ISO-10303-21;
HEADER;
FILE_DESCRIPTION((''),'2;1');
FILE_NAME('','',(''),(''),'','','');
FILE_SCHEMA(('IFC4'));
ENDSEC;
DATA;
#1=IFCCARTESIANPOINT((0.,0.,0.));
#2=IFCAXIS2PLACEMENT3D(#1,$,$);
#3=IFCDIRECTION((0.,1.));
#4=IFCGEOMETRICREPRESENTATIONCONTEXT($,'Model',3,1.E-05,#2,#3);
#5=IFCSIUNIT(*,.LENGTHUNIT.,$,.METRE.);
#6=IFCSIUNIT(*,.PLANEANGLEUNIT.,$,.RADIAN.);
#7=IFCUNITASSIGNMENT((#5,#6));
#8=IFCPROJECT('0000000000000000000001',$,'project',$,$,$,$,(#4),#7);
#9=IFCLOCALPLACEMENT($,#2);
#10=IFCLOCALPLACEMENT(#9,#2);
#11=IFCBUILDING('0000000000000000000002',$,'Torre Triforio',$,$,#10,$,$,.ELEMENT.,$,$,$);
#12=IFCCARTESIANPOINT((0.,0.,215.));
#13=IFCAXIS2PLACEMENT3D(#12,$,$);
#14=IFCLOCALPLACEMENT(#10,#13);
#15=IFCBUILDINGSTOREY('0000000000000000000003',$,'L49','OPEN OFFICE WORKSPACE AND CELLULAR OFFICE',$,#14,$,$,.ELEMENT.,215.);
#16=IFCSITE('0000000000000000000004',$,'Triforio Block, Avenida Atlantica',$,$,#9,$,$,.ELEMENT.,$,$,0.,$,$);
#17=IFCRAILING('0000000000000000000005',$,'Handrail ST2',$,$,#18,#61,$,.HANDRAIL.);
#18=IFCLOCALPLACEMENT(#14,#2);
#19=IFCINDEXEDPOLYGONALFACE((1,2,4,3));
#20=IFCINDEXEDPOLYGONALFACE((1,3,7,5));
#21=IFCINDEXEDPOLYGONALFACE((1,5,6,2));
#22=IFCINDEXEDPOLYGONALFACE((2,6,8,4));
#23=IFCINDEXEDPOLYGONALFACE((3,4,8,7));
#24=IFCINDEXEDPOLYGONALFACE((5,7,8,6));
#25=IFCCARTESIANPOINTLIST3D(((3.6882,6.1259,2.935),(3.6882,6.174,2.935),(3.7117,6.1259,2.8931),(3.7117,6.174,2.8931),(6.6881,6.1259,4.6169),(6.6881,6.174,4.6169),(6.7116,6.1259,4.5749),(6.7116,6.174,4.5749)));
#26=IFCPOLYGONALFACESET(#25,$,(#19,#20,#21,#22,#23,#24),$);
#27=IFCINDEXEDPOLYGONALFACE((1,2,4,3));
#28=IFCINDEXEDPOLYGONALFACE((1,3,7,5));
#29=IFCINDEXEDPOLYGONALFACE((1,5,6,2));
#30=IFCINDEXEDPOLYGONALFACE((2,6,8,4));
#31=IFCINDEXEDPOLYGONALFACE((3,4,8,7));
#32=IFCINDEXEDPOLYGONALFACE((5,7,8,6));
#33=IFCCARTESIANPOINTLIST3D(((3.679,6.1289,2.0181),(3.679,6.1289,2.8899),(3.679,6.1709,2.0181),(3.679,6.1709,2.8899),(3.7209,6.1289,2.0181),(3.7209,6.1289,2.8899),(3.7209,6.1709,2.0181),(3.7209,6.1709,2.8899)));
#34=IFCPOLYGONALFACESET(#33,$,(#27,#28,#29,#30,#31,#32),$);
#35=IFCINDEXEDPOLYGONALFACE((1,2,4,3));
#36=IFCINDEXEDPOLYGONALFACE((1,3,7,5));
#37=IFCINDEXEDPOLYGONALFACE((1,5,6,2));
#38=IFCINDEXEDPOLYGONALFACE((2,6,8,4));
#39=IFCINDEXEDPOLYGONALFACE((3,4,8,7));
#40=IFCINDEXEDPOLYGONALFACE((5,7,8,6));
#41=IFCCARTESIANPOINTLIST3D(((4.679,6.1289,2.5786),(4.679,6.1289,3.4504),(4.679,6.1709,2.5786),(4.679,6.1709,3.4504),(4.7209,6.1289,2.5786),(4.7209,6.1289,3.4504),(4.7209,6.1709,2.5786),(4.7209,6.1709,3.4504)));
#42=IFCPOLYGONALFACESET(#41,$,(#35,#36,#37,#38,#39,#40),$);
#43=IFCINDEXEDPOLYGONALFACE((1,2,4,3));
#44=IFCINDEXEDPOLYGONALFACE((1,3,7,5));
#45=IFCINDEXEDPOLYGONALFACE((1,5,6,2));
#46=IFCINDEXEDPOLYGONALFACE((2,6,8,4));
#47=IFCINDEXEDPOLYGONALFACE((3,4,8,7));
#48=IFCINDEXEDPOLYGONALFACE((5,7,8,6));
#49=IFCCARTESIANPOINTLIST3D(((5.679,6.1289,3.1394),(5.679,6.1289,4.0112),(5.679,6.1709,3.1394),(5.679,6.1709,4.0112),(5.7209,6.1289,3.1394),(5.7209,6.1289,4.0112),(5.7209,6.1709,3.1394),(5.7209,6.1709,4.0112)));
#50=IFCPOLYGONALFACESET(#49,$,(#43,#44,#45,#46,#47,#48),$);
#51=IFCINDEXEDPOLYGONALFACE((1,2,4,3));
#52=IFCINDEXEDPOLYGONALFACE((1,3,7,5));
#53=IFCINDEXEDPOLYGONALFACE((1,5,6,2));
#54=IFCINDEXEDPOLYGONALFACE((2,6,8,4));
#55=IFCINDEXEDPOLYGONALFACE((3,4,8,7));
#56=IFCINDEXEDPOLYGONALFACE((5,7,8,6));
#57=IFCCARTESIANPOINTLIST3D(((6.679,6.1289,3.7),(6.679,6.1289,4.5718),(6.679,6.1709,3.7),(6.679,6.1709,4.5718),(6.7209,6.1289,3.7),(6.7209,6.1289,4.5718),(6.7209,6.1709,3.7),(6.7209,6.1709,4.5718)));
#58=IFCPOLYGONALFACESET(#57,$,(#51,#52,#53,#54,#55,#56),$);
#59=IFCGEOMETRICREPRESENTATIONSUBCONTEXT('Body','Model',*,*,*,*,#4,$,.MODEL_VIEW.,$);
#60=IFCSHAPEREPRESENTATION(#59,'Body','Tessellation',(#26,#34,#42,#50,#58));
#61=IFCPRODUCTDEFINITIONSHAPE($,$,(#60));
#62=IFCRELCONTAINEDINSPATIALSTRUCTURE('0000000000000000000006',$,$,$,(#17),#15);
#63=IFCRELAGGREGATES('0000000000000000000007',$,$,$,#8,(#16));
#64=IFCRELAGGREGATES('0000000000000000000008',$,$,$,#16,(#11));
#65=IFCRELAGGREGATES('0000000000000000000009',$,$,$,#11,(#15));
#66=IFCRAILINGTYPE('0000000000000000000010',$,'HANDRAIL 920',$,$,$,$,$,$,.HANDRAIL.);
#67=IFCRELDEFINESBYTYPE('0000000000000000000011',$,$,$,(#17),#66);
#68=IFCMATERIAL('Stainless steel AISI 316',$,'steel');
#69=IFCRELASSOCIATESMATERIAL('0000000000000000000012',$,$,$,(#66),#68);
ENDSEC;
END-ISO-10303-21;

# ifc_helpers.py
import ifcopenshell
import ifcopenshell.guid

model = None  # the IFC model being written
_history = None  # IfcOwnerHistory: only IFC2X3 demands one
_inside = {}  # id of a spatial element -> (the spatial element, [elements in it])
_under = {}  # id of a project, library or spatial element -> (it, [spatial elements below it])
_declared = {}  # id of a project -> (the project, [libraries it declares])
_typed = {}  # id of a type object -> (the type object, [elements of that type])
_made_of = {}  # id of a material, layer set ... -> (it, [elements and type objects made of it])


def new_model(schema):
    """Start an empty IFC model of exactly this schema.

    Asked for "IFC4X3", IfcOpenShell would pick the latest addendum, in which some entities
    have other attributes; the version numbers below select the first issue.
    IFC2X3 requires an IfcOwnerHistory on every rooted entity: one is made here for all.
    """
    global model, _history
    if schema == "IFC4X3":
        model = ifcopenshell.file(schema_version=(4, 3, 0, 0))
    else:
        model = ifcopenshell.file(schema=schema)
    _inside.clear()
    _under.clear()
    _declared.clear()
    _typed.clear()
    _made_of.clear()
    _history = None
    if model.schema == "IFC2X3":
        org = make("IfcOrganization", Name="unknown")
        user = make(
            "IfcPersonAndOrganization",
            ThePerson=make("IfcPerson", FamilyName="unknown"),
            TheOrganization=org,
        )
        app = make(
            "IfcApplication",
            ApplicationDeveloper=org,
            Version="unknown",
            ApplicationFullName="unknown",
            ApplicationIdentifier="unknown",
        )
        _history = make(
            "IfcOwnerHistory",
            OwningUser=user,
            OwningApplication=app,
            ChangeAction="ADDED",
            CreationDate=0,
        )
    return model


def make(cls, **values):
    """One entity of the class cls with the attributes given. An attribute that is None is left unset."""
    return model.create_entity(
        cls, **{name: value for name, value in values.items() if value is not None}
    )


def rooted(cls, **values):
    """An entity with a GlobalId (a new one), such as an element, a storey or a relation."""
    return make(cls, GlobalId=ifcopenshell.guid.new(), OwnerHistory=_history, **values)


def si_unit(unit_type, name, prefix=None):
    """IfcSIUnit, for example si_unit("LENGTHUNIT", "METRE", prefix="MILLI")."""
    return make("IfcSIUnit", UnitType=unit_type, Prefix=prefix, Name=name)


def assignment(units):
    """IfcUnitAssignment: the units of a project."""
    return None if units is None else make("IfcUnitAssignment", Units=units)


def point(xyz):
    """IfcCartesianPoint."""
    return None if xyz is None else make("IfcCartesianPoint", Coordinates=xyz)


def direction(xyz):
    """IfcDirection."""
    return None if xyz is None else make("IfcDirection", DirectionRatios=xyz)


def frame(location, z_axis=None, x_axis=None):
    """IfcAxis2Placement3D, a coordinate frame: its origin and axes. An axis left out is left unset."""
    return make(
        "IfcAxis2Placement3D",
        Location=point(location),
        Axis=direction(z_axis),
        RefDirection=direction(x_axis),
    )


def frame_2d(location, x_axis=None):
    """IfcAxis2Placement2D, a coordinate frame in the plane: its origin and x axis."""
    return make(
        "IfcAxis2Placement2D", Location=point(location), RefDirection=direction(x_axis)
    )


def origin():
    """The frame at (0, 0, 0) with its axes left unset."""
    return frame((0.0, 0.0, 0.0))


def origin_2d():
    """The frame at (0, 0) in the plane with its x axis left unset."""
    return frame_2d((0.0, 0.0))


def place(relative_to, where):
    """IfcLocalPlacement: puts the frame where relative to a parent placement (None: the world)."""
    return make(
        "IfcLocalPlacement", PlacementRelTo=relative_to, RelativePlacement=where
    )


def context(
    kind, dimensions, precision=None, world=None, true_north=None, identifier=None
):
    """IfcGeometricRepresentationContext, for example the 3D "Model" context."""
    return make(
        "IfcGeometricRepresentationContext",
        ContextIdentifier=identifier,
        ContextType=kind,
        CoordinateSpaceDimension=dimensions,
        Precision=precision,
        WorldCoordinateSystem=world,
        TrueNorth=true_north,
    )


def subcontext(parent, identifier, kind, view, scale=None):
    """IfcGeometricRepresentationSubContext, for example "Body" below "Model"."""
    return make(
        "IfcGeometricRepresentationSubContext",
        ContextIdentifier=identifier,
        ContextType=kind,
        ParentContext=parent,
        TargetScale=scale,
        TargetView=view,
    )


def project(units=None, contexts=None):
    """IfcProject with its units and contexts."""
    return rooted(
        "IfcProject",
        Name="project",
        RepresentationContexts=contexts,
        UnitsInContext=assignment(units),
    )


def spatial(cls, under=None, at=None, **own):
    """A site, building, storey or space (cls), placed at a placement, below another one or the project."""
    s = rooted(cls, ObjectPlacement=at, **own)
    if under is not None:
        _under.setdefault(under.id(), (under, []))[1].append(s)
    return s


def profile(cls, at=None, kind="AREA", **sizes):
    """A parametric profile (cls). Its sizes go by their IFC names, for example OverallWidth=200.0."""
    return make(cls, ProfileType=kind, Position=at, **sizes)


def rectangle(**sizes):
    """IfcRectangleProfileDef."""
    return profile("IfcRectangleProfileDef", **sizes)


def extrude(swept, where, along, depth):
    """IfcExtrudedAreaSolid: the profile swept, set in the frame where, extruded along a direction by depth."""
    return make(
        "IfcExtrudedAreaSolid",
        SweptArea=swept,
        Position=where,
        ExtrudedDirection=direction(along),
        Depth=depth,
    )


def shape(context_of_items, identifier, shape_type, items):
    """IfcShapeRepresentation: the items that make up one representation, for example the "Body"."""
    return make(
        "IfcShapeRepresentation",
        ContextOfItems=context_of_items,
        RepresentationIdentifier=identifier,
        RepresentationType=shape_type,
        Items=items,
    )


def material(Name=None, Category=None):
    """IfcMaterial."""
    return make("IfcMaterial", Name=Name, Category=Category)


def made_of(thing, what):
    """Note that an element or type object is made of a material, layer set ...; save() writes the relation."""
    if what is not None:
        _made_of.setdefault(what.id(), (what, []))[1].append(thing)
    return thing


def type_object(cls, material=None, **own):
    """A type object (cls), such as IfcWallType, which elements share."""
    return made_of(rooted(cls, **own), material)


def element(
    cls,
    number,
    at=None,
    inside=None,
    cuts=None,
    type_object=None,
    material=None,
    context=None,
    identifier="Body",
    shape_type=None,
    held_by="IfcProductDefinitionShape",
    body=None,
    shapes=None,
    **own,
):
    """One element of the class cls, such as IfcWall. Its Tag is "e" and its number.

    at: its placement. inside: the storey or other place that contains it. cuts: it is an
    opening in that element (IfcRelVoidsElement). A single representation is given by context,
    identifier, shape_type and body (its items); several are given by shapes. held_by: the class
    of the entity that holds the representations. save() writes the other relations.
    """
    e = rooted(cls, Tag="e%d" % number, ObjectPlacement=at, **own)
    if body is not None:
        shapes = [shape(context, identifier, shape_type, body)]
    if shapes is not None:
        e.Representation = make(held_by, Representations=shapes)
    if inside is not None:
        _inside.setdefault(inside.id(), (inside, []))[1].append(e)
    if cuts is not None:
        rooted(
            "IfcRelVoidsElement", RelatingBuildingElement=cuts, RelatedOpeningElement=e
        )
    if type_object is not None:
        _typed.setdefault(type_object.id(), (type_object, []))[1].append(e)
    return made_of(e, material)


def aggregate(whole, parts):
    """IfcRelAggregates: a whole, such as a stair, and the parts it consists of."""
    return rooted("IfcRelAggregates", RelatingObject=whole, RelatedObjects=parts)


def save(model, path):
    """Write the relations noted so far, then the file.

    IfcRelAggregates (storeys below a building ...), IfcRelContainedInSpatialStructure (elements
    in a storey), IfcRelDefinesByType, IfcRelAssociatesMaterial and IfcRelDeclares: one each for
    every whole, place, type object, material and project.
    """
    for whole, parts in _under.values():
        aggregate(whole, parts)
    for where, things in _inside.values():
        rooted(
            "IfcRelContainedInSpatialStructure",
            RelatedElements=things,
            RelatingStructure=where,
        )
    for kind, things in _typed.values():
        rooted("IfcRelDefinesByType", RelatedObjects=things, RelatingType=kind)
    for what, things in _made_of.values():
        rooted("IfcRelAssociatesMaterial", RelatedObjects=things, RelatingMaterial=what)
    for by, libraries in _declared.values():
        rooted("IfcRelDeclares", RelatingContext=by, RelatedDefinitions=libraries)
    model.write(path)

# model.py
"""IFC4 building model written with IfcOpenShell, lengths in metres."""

from ifc_helpers import new_model, si_unit, direction, frame, origin, origin_2d, place, context, subcontext, project, spatial, rectangle, extrude, material, type_object, element, save


model = new_model("IFC4")

# Units and contexts
model_context = context("Model", 3, precision=1e-05, world=origin(), true_north=direction((0.0, 1.0)))
body_context = subcontext(model_context, "Body", "Model", "MODEL_VIEW")
ifc_project = project(units=[si_unit("LENGTHUNIT", "METRE"), si_unit("PLANEANGLEUNIT", "RADIAN")], contexts=[model_context])

# Site, building, storey
site_placement = place(None, origin())
site = spatial("IfcSite", under=ifc_project, at=site_placement, Name="Triforio Block, Avenida Atlantica", CompositionType="ELEMENT", RefElevation=0.0)
building_placement = place(site_placement, origin())
building = spatial("IfcBuilding", under=site, at=building_placement, Name="Torre Triforio", CompositionType="ELEMENT")
storey_placement = place(building_placement, frame((0.0, 0.0, 215.0)))
storey = spatial("IfcBuildingStorey", under=building, at=storey_placement, Name="L49", Description="OPEN OFFICE WORKSPACE AND CELLULAR OFFICE", CompositionType="ELEMENT", Elevation=215.0)

# Railing
ifc_material_1 = material(Name="Stainless steel AISI 316", Category="steel")
railing_type = type_object("IfcRailingType", Name="HANDRAIL 920", PredefinedType="HANDRAIL", material=ifc_material_1)
for number, where, name in (
    (1, (3.7, 6.1499, 2.0181), "Handrail ST2"),
):
    element("IfcRailing", number, at=place(storey_placement, frame(where)), inside=storey, type_object=railing_type, Name=name, PredefinedType="HANDRAIL", context=body_context, shape_type="SweptSolid", body=[
        extrude(rectangle(XDim=0.0481, YDim=0.0481, at=origin_2d()), frame((0.0, 0.0, 0.896), z_axis=(0.872272, 0.0, 0.48902), x_axis=(0.0, 1.0, 0.0)), (0.0, 0.0, 1.0), 3.4392),
        extrude(rectangle(XDim=0.042, YDim=0.042, at=origin_2d()), origin(), (0.0, 0.0, 1.0), 0.8718),
        extrude(rectangle(XDim=0.042, YDim=0.042, at=origin_2d()), frame((1.0, 0.0, 0.5605)), (0.0, 0.0, 1.0), 0.8718),
        extrude(rectangle(XDim=0.042, YDim=0.042, at=origin_2d()), frame((2.0, 0.0, 1.1213)), (0.0, 0.0, 1.0), 0.8718),
        extrude(rectangle(XDim=0.042, YDim=0.042, at=origin_2d()), frame((3.0, 0.0, 1.6819)), (0.0, 0.0, 1.0), 0.8718),
    ])

save(model, "model.ifc")
